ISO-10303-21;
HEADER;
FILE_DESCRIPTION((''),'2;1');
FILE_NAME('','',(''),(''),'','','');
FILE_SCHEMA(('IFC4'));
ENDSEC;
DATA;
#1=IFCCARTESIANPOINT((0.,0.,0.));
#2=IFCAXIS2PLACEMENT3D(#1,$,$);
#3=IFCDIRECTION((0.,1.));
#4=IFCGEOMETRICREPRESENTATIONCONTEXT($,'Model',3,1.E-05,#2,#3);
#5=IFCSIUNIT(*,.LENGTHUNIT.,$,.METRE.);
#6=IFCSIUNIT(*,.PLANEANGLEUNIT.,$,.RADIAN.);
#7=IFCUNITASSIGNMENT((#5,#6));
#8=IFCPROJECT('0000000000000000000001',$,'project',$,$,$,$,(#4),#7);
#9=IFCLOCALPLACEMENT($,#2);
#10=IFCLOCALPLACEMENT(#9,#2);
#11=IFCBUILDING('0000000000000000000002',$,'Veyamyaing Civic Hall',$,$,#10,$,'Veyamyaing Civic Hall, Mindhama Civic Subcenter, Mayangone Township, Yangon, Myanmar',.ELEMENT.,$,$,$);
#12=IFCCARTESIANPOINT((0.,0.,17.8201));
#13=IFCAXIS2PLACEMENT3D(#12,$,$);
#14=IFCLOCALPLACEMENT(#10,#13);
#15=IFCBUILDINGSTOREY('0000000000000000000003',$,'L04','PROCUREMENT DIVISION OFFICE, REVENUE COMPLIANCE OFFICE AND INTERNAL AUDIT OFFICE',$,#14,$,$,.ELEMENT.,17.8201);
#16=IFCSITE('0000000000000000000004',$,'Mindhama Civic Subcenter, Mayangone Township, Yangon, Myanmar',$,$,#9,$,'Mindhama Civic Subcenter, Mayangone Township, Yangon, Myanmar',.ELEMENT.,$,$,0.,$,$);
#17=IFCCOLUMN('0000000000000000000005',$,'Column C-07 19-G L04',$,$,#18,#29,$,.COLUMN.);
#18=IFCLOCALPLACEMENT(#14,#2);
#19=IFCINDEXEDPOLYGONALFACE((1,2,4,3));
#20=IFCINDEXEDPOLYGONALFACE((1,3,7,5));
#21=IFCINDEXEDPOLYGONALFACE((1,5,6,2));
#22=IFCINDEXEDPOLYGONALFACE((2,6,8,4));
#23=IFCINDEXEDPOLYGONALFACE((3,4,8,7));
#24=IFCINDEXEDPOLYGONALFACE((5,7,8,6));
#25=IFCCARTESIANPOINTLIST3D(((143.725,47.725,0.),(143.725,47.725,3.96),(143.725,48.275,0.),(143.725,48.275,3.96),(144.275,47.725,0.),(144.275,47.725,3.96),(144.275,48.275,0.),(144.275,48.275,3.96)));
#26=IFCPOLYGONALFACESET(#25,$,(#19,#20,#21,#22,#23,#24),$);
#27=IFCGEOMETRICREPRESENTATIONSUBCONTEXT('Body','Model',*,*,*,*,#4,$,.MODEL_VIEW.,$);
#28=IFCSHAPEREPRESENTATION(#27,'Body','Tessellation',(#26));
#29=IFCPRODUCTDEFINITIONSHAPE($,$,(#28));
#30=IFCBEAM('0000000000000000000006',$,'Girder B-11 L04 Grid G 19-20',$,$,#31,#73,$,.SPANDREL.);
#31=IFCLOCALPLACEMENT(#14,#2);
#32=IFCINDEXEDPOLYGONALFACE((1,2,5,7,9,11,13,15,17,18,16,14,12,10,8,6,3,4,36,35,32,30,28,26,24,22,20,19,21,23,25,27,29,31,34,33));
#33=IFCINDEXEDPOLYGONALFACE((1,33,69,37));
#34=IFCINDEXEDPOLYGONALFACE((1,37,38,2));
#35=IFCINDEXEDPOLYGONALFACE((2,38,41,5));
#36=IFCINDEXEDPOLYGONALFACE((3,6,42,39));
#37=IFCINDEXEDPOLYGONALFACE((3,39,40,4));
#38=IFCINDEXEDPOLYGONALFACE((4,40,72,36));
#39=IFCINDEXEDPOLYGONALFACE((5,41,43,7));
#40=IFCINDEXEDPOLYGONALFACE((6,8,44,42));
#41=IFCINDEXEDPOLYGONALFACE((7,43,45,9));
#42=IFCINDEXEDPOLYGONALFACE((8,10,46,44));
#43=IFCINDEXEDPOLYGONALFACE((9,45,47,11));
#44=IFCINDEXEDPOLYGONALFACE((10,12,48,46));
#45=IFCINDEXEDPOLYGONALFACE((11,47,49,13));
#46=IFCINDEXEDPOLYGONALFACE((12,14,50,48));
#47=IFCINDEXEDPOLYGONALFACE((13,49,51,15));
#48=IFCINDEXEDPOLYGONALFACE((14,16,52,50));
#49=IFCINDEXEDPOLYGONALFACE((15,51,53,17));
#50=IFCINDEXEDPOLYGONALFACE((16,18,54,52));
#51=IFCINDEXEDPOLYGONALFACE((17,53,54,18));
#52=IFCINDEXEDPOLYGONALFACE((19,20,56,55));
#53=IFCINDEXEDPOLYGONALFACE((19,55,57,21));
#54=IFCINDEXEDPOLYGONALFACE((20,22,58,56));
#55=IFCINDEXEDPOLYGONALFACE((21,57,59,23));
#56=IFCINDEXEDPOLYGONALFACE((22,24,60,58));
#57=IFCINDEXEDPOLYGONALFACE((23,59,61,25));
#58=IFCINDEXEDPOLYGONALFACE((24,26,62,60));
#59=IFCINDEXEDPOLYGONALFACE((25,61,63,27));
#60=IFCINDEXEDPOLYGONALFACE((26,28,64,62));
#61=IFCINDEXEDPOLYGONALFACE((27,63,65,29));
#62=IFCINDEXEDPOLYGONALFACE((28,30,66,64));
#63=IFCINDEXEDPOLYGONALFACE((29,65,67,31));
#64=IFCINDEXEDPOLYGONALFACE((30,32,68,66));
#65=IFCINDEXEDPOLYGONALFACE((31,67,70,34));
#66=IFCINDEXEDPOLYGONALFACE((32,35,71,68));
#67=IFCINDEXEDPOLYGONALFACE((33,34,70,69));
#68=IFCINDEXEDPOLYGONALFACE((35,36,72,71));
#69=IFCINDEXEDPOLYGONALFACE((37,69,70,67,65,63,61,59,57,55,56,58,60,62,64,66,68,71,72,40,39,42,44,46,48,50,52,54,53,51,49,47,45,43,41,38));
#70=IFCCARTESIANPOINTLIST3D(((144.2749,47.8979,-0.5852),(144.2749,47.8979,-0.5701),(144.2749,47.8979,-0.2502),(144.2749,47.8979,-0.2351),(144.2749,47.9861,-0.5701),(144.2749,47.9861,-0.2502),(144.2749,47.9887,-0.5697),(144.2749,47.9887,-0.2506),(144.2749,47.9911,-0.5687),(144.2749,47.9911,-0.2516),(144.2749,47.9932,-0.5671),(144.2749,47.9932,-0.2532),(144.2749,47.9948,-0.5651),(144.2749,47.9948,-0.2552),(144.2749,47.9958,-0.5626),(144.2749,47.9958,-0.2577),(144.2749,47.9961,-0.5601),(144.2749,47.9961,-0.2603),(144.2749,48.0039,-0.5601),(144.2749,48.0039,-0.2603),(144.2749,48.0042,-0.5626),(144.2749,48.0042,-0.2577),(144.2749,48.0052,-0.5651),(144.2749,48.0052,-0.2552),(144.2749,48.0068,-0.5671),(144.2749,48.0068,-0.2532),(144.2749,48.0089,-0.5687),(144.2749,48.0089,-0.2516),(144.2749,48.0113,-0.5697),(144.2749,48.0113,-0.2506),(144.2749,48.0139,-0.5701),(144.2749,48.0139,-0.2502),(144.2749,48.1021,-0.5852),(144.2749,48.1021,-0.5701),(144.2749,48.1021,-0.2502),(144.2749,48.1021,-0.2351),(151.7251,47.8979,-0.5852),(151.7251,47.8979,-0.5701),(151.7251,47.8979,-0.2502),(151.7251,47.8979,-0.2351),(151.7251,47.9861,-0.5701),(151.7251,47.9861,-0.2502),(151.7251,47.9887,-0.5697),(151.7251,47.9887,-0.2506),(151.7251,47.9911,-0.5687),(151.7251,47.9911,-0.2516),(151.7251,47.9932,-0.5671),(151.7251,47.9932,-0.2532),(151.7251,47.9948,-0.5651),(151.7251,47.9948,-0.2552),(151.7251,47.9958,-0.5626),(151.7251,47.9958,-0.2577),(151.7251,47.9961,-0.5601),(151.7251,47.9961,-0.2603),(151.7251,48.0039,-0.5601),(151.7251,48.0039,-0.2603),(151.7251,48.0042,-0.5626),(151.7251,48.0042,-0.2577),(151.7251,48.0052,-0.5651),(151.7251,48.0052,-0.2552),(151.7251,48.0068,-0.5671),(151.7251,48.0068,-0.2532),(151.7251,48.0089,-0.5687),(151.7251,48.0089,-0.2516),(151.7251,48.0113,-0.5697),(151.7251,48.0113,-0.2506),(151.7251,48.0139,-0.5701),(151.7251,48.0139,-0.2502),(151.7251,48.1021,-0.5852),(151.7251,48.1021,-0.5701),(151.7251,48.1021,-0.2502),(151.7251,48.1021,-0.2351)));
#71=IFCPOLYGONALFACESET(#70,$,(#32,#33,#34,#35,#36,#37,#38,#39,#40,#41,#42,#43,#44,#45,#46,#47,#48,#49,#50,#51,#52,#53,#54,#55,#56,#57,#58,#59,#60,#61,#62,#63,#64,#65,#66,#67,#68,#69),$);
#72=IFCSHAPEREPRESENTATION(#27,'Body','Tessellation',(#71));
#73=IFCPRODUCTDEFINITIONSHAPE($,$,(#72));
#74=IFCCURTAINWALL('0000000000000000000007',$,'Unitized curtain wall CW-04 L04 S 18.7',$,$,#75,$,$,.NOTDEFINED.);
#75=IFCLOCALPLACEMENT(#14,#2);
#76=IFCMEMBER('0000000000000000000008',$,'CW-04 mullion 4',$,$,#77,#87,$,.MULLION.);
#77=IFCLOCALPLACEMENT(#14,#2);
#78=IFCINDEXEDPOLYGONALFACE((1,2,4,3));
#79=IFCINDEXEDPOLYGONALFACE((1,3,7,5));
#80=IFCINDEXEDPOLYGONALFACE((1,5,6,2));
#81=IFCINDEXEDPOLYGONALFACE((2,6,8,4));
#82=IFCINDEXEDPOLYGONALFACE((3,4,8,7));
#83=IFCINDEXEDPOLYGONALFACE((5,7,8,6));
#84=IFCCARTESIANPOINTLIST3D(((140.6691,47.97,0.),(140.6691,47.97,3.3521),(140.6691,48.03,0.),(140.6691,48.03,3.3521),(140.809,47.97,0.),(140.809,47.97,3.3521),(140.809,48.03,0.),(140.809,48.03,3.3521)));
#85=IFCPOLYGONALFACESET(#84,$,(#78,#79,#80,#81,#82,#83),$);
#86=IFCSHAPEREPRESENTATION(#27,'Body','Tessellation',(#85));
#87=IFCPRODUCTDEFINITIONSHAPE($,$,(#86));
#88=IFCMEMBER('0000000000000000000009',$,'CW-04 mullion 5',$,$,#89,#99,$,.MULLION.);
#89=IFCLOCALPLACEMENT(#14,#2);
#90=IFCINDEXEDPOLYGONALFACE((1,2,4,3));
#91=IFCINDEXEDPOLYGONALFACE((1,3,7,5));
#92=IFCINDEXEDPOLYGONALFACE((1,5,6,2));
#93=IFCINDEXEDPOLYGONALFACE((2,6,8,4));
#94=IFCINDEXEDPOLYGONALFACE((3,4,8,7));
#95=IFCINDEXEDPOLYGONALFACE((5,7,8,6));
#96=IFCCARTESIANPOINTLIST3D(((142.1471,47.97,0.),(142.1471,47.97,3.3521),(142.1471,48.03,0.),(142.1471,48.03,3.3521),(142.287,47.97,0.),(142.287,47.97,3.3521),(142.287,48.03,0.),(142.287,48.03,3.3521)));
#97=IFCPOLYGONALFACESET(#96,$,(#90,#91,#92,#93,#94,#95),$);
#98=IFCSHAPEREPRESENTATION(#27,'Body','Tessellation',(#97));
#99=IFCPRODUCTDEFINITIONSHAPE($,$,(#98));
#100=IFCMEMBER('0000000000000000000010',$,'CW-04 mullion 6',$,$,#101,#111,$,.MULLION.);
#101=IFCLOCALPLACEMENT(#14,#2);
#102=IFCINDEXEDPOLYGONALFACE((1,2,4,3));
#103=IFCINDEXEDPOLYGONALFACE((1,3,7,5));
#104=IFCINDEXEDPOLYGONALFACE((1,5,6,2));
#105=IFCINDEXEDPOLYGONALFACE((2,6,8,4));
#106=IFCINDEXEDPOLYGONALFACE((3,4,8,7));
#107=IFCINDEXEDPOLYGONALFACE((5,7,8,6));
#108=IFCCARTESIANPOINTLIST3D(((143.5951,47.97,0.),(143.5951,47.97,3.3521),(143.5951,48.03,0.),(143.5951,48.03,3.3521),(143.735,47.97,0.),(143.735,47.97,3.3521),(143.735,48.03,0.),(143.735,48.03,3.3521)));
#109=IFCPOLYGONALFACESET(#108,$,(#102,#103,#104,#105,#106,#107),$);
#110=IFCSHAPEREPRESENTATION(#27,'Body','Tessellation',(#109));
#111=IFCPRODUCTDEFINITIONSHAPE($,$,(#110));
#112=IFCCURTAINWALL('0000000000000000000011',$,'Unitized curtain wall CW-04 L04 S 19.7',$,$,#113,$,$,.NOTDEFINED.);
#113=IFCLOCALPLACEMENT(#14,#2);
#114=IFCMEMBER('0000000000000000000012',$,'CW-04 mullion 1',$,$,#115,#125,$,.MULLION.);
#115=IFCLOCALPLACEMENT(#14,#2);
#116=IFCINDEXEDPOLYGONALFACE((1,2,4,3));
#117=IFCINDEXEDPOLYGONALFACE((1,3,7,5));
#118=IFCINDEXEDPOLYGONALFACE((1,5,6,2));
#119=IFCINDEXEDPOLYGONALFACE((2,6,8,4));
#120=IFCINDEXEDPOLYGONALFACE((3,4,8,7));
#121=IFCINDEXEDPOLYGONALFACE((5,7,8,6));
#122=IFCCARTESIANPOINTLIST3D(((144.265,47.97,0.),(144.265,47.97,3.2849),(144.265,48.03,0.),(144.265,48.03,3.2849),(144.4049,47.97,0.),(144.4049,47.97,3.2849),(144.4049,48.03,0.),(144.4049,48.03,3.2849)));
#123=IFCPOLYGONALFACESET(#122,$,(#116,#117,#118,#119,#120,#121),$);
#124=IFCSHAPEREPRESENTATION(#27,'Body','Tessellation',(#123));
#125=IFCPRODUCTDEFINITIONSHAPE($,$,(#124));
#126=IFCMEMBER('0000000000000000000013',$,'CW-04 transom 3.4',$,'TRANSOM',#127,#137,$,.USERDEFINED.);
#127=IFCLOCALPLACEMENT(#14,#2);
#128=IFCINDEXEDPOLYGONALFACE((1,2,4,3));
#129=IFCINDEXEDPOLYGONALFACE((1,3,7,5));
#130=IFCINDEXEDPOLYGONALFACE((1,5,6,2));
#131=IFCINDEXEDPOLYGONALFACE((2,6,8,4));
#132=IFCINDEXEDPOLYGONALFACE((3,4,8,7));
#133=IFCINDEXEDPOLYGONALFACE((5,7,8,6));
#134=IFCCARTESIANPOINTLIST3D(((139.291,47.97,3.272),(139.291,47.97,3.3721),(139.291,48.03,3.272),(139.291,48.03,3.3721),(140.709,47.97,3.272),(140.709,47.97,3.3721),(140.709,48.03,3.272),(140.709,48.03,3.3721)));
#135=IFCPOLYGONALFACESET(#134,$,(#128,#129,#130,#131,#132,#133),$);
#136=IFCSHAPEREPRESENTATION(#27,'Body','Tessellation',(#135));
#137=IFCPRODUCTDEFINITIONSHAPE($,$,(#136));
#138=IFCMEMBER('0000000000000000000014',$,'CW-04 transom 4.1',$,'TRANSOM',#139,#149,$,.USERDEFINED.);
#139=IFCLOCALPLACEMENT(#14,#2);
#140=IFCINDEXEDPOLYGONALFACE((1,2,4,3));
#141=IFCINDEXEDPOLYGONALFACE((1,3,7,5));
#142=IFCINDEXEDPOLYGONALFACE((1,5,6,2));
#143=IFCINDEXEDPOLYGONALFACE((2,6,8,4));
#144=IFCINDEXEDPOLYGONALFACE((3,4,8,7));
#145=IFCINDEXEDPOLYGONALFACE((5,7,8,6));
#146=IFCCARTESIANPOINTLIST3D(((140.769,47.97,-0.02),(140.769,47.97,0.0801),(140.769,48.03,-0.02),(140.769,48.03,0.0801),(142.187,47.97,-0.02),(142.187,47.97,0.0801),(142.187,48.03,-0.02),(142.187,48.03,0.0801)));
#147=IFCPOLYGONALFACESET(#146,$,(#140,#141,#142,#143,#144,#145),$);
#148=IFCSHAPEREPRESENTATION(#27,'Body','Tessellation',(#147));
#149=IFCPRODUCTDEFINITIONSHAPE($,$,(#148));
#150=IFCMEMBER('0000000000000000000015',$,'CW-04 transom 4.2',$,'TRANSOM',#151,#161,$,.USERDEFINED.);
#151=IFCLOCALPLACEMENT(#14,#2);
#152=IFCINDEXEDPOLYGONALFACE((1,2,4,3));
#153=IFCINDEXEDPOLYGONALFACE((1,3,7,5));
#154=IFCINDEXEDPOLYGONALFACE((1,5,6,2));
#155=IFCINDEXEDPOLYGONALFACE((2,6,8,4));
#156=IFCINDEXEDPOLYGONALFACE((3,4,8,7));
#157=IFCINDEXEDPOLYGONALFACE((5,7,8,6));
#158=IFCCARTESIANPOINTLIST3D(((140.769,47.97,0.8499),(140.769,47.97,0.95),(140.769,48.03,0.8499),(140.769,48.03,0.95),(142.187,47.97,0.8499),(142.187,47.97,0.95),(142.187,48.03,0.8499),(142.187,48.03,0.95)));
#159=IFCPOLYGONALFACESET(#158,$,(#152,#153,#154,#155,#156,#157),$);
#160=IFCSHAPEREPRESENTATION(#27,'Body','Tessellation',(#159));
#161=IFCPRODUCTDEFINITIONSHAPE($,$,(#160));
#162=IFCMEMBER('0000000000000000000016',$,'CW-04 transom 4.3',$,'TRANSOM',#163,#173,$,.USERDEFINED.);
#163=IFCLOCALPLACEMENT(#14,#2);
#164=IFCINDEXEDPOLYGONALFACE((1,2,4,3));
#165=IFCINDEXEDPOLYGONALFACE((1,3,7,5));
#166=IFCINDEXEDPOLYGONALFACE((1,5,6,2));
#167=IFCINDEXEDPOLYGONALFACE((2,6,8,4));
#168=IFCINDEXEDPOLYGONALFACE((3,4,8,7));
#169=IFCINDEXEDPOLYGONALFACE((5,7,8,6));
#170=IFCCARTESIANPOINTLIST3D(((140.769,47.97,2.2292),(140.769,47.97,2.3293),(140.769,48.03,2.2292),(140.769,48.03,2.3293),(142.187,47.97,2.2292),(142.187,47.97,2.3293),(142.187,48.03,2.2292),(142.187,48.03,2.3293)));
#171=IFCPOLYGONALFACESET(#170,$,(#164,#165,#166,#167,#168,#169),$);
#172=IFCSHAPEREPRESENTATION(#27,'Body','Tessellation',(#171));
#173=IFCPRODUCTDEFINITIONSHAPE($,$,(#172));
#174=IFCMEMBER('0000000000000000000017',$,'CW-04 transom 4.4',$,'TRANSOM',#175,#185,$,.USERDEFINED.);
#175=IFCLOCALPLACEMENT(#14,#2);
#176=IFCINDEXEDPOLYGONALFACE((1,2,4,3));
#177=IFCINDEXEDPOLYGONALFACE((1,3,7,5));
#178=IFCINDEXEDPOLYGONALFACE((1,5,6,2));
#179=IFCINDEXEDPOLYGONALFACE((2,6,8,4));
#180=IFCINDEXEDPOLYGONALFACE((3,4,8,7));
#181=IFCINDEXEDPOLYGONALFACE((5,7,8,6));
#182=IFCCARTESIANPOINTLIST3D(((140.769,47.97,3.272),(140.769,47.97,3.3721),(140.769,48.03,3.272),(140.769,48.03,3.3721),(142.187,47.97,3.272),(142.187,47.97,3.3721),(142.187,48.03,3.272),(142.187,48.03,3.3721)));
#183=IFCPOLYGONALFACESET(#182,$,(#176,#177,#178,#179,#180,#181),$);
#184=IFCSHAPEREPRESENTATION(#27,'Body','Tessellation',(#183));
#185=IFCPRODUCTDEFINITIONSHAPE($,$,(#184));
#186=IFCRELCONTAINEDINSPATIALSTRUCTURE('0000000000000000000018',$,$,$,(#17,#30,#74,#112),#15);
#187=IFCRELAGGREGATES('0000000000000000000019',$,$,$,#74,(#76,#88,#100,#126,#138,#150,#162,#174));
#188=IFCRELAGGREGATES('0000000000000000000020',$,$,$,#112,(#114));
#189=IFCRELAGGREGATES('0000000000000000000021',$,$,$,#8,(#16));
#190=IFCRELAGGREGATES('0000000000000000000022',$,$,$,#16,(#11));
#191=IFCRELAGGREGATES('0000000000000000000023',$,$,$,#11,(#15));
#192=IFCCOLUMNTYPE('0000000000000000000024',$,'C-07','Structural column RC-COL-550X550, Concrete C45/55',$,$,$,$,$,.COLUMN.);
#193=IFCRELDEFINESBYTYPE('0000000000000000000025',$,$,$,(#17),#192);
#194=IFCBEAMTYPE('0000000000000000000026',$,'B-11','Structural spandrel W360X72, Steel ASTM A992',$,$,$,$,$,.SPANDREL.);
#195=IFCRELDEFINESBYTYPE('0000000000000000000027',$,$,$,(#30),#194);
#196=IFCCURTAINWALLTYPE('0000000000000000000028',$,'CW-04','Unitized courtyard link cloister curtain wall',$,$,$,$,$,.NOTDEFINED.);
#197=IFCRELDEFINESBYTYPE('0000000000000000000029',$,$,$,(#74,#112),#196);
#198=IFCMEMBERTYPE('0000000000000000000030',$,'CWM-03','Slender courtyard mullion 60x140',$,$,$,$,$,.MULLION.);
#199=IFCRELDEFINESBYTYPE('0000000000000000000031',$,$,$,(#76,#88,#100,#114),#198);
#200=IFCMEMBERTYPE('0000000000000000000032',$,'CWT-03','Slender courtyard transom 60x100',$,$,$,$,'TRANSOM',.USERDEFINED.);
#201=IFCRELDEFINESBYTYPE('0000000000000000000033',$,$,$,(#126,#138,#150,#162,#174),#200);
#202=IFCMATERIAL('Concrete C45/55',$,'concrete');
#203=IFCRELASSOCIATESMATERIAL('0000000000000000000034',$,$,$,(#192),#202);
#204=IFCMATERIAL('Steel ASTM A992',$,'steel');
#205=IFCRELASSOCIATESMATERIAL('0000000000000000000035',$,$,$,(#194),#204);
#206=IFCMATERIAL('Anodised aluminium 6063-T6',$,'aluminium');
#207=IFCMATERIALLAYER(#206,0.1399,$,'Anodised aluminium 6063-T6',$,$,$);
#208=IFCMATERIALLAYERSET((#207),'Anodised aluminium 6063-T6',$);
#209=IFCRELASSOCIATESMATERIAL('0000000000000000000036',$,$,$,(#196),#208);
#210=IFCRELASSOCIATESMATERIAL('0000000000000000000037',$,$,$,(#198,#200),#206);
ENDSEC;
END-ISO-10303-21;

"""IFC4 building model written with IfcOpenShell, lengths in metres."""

from ifc_helpers import new_model, si_unit, direction, frame, origin, origin_2d, place, context, subcontext, project, spatial, rectangle, i_section, extrude, material, layer, layer_set, material_profile, profile_set, type_object, element, aggregate, save


model = new_model("IFC4")

# Units and contexts
model_context = context("Model", 3, precision=1e-05, world=origin(), true_north=direction((0.0, 1.0)))
body_context = subcontext(model_context, "Body", "Model", "MODEL_VIEW")
ifc_project = project(units=[si_unit("LENGTHUNIT", "METRE"), si_unit("PLANEANGLEUNIT", "RADIAN")], contexts=[model_context])

# Site, building, storey
site_placement = place(None, origin())
site = spatial("IfcSite", under=ifc_project, at=site_placement, Name="Mindhama Civic Subcenter, Mayangone Township, Yangon, Myanmar", LongName="Mindhama Civic Subcenter, Mayangone Township, Yangon, Myanmar", CompositionType="ELEMENT", RefElevation=0.0)
building_placement = place(site_placement, origin())
building = spatial("IfcBuilding", under=site, at=building_placement, Name="Veyamyaing Civic Hall", LongName="Veyamyaing Civic Hall, Mindhama Civic Subcenter, Mayangone Township, Yangon, Myanmar", CompositionType="ELEMENT")
storey_placement = place(building_placement, frame((0.0, 0.0, 17.8201)))
storey = spatial("IfcBuildingStorey", under=building, at=storey_placement, Name="L04", Description="PROCUREMENT DIVISION OFFICE, REVENUE COMPLIANCE OFFICE AND INTERNAL AUDIT OFFICE", CompositionType="ELEMENT", Elevation=17.8201)

# Column
ifc_material_1 = material(Name="Concrete C45/55", Category="concrete")
ifc_material_profile_1 = material_profile(ifc_material_1, rectangle(XDim=0.55, YDim=0.55, at=origin_2d()), Name="RC-COL-550X550")
ifc_profile_set_1 = profile_set([ifc_material_profile_1], Name="Concrete C45/55")
column_type = type_object("IfcColumnType", Name="C-07", Description="Structural column RC-COL-550X550, Concrete C45/55", PredefinedType="COLUMN", material=ifc_profile_set_1)
column_placement = place(storey_placement, frame((144.0, 48.0, 0.0), z_axis=(0.0, 0.0, 1.0), x_axis=(1.0, 0.0, 0.0)))
element("IfcColumn", 1, at=column_placement, inside=storey, type_object=column_type, Name="Column C-07 19-G L04", PredefinedType="COLUMN", context=body_context, shape_type="SweptSolid", body=[
    extrude(rectangle(XDim=0.55, YDim=0.55, at=origin_2d()), origin(), (0.0, 0.0, 1.0), 3.96),
])

# Beam
ifc_material_2 = material(Name="Steel ASTM A992", Category="steel")
ifc_material_profile_2 = material_profile(ifc_material_2, i_section(OverallWidth=0.2041, OverallDepth=0.3501, WebThickness=0.0078, FlangeThickness=0.0151, FilletRadius=0.01, at=origin_2d()), Name="W360X72")
ifc_profile_set_2 = profile_set([ifc_material_profile_2], Name="Steel ASTM A992")
beam_type = type_object("IfcBeamType", Name="B-11", Description="Structural spandrel W360X72, Steel ASTM A992", PredefinedType="SPANDREL", material=ifc_profile_set_2)
beam_placement = place(storey_placement, frame((144.2749, 48.0, -0.4102), z_axis=(1.0, 0.0, 0.0), x_axis=(0.0, 1.0, 0.0)))
element("IfcBeam", 2, at=beam_placement, inside=storey, type_object=beam_type, Name="Girder B-11 L04 Grid G 19-20", PredefinedType="SPANDREL", context=body_context, shape_type="SweptSolid", body=[
    extrude(i_section(OverallWidth=0.2041, OverallDepth=0.3501, WebThickness=0.0078, FlangeThickness=0.0151, FilletRadius=0.01, at=origin_2d()), origin(), (0.0, 0.0, 1.0), 7.4502),
])

# Curtain wall, members
ifc_material_3 = material(Name="Anodised aluminium 6063-T6", Category="aluminium")
ifc_layer_1 = layer(ifc_material_3, 0.1399, Name="Anodised aluminium 6063-T6")
ifc_layer_set_1 = layer_set([ifc_layer_1], Name="Anodised aluminium 6063-T6")
curtain_wall_type = type_object("IfcCurtainWallType", Name="CW-04", Description="Unitized courtyard link cloister curtain wall", PredefinedType="NOTDEFINED", material=ifc_layer_set_1)
curtain_wall_1_placement = place(storey_placement, origin())
curtain_wall_1 = element("IfcCurtainWall", 3, at=curtain_wall_1_placement, inside=storey, type_object=curtain_wall_type, Name="Unitized curtain wall CW-04 L04 S 18.7", PredefinedType="NOTDEFINED")
ifc_material_profile_3 = material_profile(ifc_material_3, rectangle(XDim=0.0601, YDim=0.1399, at=origin_2d()), Name="ALU-MUL-60X140")
ifc_profile_set_3 = profile_set([ifc_material_profile_3], Name="Anodised aluminium 6063-T6")
member_type_1 = type_object("IfcMemberType", Name="CWM-03", Description="Slender courtyard mullion 60x140", PredefinedType="MULLION", material=ifc_profile_set_3)
member_1_placement = place(storey_placement, frame((140.739, 48.0, 0.0), z_axis=(0.0, 0.0, 1.0), x_axis=(0.0, 1.0, 0.0)))
member_1 = element("IfcMember", 4, at=member_1_placement, type_object=member_type_1, Name="CW-04 mullion 4", PredefinedType="MULLION", context=body_context, shape_type="SweptSolid", body=[
    extrude(rectangle(XDim=0.0601, YDim=0.1399, at=origin_2d()), origin(), (0.0, 0.0, 1.0), 3.3521),
])
member_2_placement = place(storey_placement, frame((142.217, 48.0, 0.0), z_axis=(0.0, 0.0, 1.0), x_axis=(0.0, 1.0, 0.0)))
member_2 = element("IfcMember", 5, at=member_2_placement, type_object=member_type_1, Name="CW-04 mullion 5", PredefinedType="MULLION", context=body_context, shape_type="SweptSolid", body=[
    extrude(rectangle(XDim=0.0601, YDim=0.1399, at=origin_2d()), origin(), (0.0, 0.0, 1.0), 3.3521),
])
member_3_placement = place(storey_placement, frame((143.665, 48.0, 0.0), z_axis=(0.0, 0.0, 1.0), x_axis=(0.0, 1.0, 0.0)))
member_3 = element("IfcMember", 6, at=member_3_placement, type_object=member_type_1, Name="CW-04 mullion 6", PredefinedType="MULLION", context=body_context, shape_type="SweptSolid", body=[
    extrude(rectangle(XDim=0.0601, YDim=0.1399, at=origin_2d()), origin(), (0.0, 0.0, 1.0), 3.3521),
])

# Curtain wall, member
curtain_wall_2_placement = place(storey_placement, origin())
curtain_wall_2 = element("IfcCurtainWall", 7, at=curtain_wall_2_placement, inside=storey, type_object=curtain_wall_type, Name="Unitized curtain wall CW-04 L04 S 19.7", PredefinedType="NOTDEFINED")
member_4_placement = place(storey_placement, frame((144.335, 48.0, 0.0), z_axis=(0.0, 0.0, 1.0), x_axis=(0.0, 1.0, 0.0)))
member_4 = element("IfcMember", 8, at=member_4_placement, type_object=member_type_1, Name="CW-04 mullion 1", PredefinedType="MULLION", context=body_context, shape_type="SweptSolid", body=[
    extrude(rectangle(XDim=0.0601, YDim=0.1399, at=origin_2d()), origin(), (0.0, 0.0, 1.0), 3.2849),
])

# Members
ifc_material_profile_4 = material_profile(ifc_material_3, rectangle(XDim=0.0601, YDim=0.1001, at=origin_2d()), Name="ALU-TRN-60X100")
ifc_profile_set_4 = profile_set([ifc_material_profile_4], Name="Anodised aluminium 6063-T6")
member_type_2 = type_object("IfcMemberType", Name="CWT-03", Description="Slender courtyard transom 60x100", ElementType="TRANSOM", PredefinedType="USERDEFINED", material=ifc_profile_set_4)
member_5_placement = place(storey_placement, frame((139.291, 48.0, 3.322), z_axis=(1.0, 0.0, 0.0), x_axis=(0.0, 1.0, 0.0)))
member_5 = element("IfcMember", 9, at=member_5_placement, type_object=member_type_2, Name="CW-04 transom 3.4", ObjectType="TRANSOM", PredefinedType="USERDEFINED", context=body_context, shape_type="SweptSolid", body=[
    extrude(rectangle(XDim=0.0601, YDim=0.1001, at=origin_2d()), origin(), (0.0, 0.0, 1.0), 1.418),
])
member_6_placement = place(storey_placement, frame((140.769, 48.0, 0.03), z_axis=(1.0, 0.0, 0.0), x_axis=(0.0, 1.0, 0.0)))
member_6 = element("IfcMember", 10, at=member_6_placement, type_object=member_type_2, Name="CW-04 transom 4.1", ObjectType="TRANSOM", PredefinedType="USERDEFINED", context=body_context, shape_type="SweptSolid", body=[
    extrude(rectangle(XDim=0.0601, YDim=0.1001, at=origin_2d()), origin(), (0.0, 0.0, 1.0), 1.418),
])
member_7_placement = place(storey_placement, frame((140.769, 48.0, 0.8999), z_axis=(1.0, 0.0, 0.0), x_axis=(0.0, 1.0, 0.0)))
member_7 = element("IfcMember", 11, at=member_7_placement, type_object=member_type_2, Name="CW-04 transom 4.2", ObjectType="TRANSOM", PredefinedType="USERDEFINED", context=body_context, shape_type="SweptSolid", body=[
    extrude(rectangle(XDim=0.0601, YDim=0.1001, at=origin_2d()), origin(), (0.0, 0.0, 1.0), 1.418),
])
member_8_placement = place(storey_placement, frame((140.769, 48.0, 2.2793), z_axis=(1.0, 0.0, 0.0), x_axis=(0.0, 1.0, 0.0)))
member_8 = element("IfcMember", 12, at=member_8_placement, type_object=member_type_2, Name="CW-04 transom 4.3", ObjectType="TRANSOM", PredefinedType="USERDEFINED", context=body_context, shape_type="SweptSolid", body=[
    extrude(rectangle(XDim=0.0601, YDim=0.1001, at=origin_2d()), origin(), (0.0, 0.0, 1.0), 1.418),
])
member_9_placement = place(storey_placement, frame((140.769, 48.0, 3.322), z_axis=(1.0, 0.0, 0.0), x_axis=(0.0, 1.0, 0.0)))
member_9 = element("IfcMember", 13, at=member_9_placement, type_object=member_type_2, Name="CW-04 transom 4.4", ObjectType="TRANSOM", PredefinedType="USERDEFINED", context=body_context, shape_type="SweptSolid", body=[
    extrude(rectangle(XDim=0.0601, YDim=0.1001, at=origin_2d()), origin(), (0.0, 0.0, 1.0), 1.418),
])

aggregate(curtain_wall_1, [member_1, member_2, member_3, member_5, member_6, member_7, member_8, member_9])
aggregate(curtain_wall_2, [member_4])

save(model, "model.ifc")
